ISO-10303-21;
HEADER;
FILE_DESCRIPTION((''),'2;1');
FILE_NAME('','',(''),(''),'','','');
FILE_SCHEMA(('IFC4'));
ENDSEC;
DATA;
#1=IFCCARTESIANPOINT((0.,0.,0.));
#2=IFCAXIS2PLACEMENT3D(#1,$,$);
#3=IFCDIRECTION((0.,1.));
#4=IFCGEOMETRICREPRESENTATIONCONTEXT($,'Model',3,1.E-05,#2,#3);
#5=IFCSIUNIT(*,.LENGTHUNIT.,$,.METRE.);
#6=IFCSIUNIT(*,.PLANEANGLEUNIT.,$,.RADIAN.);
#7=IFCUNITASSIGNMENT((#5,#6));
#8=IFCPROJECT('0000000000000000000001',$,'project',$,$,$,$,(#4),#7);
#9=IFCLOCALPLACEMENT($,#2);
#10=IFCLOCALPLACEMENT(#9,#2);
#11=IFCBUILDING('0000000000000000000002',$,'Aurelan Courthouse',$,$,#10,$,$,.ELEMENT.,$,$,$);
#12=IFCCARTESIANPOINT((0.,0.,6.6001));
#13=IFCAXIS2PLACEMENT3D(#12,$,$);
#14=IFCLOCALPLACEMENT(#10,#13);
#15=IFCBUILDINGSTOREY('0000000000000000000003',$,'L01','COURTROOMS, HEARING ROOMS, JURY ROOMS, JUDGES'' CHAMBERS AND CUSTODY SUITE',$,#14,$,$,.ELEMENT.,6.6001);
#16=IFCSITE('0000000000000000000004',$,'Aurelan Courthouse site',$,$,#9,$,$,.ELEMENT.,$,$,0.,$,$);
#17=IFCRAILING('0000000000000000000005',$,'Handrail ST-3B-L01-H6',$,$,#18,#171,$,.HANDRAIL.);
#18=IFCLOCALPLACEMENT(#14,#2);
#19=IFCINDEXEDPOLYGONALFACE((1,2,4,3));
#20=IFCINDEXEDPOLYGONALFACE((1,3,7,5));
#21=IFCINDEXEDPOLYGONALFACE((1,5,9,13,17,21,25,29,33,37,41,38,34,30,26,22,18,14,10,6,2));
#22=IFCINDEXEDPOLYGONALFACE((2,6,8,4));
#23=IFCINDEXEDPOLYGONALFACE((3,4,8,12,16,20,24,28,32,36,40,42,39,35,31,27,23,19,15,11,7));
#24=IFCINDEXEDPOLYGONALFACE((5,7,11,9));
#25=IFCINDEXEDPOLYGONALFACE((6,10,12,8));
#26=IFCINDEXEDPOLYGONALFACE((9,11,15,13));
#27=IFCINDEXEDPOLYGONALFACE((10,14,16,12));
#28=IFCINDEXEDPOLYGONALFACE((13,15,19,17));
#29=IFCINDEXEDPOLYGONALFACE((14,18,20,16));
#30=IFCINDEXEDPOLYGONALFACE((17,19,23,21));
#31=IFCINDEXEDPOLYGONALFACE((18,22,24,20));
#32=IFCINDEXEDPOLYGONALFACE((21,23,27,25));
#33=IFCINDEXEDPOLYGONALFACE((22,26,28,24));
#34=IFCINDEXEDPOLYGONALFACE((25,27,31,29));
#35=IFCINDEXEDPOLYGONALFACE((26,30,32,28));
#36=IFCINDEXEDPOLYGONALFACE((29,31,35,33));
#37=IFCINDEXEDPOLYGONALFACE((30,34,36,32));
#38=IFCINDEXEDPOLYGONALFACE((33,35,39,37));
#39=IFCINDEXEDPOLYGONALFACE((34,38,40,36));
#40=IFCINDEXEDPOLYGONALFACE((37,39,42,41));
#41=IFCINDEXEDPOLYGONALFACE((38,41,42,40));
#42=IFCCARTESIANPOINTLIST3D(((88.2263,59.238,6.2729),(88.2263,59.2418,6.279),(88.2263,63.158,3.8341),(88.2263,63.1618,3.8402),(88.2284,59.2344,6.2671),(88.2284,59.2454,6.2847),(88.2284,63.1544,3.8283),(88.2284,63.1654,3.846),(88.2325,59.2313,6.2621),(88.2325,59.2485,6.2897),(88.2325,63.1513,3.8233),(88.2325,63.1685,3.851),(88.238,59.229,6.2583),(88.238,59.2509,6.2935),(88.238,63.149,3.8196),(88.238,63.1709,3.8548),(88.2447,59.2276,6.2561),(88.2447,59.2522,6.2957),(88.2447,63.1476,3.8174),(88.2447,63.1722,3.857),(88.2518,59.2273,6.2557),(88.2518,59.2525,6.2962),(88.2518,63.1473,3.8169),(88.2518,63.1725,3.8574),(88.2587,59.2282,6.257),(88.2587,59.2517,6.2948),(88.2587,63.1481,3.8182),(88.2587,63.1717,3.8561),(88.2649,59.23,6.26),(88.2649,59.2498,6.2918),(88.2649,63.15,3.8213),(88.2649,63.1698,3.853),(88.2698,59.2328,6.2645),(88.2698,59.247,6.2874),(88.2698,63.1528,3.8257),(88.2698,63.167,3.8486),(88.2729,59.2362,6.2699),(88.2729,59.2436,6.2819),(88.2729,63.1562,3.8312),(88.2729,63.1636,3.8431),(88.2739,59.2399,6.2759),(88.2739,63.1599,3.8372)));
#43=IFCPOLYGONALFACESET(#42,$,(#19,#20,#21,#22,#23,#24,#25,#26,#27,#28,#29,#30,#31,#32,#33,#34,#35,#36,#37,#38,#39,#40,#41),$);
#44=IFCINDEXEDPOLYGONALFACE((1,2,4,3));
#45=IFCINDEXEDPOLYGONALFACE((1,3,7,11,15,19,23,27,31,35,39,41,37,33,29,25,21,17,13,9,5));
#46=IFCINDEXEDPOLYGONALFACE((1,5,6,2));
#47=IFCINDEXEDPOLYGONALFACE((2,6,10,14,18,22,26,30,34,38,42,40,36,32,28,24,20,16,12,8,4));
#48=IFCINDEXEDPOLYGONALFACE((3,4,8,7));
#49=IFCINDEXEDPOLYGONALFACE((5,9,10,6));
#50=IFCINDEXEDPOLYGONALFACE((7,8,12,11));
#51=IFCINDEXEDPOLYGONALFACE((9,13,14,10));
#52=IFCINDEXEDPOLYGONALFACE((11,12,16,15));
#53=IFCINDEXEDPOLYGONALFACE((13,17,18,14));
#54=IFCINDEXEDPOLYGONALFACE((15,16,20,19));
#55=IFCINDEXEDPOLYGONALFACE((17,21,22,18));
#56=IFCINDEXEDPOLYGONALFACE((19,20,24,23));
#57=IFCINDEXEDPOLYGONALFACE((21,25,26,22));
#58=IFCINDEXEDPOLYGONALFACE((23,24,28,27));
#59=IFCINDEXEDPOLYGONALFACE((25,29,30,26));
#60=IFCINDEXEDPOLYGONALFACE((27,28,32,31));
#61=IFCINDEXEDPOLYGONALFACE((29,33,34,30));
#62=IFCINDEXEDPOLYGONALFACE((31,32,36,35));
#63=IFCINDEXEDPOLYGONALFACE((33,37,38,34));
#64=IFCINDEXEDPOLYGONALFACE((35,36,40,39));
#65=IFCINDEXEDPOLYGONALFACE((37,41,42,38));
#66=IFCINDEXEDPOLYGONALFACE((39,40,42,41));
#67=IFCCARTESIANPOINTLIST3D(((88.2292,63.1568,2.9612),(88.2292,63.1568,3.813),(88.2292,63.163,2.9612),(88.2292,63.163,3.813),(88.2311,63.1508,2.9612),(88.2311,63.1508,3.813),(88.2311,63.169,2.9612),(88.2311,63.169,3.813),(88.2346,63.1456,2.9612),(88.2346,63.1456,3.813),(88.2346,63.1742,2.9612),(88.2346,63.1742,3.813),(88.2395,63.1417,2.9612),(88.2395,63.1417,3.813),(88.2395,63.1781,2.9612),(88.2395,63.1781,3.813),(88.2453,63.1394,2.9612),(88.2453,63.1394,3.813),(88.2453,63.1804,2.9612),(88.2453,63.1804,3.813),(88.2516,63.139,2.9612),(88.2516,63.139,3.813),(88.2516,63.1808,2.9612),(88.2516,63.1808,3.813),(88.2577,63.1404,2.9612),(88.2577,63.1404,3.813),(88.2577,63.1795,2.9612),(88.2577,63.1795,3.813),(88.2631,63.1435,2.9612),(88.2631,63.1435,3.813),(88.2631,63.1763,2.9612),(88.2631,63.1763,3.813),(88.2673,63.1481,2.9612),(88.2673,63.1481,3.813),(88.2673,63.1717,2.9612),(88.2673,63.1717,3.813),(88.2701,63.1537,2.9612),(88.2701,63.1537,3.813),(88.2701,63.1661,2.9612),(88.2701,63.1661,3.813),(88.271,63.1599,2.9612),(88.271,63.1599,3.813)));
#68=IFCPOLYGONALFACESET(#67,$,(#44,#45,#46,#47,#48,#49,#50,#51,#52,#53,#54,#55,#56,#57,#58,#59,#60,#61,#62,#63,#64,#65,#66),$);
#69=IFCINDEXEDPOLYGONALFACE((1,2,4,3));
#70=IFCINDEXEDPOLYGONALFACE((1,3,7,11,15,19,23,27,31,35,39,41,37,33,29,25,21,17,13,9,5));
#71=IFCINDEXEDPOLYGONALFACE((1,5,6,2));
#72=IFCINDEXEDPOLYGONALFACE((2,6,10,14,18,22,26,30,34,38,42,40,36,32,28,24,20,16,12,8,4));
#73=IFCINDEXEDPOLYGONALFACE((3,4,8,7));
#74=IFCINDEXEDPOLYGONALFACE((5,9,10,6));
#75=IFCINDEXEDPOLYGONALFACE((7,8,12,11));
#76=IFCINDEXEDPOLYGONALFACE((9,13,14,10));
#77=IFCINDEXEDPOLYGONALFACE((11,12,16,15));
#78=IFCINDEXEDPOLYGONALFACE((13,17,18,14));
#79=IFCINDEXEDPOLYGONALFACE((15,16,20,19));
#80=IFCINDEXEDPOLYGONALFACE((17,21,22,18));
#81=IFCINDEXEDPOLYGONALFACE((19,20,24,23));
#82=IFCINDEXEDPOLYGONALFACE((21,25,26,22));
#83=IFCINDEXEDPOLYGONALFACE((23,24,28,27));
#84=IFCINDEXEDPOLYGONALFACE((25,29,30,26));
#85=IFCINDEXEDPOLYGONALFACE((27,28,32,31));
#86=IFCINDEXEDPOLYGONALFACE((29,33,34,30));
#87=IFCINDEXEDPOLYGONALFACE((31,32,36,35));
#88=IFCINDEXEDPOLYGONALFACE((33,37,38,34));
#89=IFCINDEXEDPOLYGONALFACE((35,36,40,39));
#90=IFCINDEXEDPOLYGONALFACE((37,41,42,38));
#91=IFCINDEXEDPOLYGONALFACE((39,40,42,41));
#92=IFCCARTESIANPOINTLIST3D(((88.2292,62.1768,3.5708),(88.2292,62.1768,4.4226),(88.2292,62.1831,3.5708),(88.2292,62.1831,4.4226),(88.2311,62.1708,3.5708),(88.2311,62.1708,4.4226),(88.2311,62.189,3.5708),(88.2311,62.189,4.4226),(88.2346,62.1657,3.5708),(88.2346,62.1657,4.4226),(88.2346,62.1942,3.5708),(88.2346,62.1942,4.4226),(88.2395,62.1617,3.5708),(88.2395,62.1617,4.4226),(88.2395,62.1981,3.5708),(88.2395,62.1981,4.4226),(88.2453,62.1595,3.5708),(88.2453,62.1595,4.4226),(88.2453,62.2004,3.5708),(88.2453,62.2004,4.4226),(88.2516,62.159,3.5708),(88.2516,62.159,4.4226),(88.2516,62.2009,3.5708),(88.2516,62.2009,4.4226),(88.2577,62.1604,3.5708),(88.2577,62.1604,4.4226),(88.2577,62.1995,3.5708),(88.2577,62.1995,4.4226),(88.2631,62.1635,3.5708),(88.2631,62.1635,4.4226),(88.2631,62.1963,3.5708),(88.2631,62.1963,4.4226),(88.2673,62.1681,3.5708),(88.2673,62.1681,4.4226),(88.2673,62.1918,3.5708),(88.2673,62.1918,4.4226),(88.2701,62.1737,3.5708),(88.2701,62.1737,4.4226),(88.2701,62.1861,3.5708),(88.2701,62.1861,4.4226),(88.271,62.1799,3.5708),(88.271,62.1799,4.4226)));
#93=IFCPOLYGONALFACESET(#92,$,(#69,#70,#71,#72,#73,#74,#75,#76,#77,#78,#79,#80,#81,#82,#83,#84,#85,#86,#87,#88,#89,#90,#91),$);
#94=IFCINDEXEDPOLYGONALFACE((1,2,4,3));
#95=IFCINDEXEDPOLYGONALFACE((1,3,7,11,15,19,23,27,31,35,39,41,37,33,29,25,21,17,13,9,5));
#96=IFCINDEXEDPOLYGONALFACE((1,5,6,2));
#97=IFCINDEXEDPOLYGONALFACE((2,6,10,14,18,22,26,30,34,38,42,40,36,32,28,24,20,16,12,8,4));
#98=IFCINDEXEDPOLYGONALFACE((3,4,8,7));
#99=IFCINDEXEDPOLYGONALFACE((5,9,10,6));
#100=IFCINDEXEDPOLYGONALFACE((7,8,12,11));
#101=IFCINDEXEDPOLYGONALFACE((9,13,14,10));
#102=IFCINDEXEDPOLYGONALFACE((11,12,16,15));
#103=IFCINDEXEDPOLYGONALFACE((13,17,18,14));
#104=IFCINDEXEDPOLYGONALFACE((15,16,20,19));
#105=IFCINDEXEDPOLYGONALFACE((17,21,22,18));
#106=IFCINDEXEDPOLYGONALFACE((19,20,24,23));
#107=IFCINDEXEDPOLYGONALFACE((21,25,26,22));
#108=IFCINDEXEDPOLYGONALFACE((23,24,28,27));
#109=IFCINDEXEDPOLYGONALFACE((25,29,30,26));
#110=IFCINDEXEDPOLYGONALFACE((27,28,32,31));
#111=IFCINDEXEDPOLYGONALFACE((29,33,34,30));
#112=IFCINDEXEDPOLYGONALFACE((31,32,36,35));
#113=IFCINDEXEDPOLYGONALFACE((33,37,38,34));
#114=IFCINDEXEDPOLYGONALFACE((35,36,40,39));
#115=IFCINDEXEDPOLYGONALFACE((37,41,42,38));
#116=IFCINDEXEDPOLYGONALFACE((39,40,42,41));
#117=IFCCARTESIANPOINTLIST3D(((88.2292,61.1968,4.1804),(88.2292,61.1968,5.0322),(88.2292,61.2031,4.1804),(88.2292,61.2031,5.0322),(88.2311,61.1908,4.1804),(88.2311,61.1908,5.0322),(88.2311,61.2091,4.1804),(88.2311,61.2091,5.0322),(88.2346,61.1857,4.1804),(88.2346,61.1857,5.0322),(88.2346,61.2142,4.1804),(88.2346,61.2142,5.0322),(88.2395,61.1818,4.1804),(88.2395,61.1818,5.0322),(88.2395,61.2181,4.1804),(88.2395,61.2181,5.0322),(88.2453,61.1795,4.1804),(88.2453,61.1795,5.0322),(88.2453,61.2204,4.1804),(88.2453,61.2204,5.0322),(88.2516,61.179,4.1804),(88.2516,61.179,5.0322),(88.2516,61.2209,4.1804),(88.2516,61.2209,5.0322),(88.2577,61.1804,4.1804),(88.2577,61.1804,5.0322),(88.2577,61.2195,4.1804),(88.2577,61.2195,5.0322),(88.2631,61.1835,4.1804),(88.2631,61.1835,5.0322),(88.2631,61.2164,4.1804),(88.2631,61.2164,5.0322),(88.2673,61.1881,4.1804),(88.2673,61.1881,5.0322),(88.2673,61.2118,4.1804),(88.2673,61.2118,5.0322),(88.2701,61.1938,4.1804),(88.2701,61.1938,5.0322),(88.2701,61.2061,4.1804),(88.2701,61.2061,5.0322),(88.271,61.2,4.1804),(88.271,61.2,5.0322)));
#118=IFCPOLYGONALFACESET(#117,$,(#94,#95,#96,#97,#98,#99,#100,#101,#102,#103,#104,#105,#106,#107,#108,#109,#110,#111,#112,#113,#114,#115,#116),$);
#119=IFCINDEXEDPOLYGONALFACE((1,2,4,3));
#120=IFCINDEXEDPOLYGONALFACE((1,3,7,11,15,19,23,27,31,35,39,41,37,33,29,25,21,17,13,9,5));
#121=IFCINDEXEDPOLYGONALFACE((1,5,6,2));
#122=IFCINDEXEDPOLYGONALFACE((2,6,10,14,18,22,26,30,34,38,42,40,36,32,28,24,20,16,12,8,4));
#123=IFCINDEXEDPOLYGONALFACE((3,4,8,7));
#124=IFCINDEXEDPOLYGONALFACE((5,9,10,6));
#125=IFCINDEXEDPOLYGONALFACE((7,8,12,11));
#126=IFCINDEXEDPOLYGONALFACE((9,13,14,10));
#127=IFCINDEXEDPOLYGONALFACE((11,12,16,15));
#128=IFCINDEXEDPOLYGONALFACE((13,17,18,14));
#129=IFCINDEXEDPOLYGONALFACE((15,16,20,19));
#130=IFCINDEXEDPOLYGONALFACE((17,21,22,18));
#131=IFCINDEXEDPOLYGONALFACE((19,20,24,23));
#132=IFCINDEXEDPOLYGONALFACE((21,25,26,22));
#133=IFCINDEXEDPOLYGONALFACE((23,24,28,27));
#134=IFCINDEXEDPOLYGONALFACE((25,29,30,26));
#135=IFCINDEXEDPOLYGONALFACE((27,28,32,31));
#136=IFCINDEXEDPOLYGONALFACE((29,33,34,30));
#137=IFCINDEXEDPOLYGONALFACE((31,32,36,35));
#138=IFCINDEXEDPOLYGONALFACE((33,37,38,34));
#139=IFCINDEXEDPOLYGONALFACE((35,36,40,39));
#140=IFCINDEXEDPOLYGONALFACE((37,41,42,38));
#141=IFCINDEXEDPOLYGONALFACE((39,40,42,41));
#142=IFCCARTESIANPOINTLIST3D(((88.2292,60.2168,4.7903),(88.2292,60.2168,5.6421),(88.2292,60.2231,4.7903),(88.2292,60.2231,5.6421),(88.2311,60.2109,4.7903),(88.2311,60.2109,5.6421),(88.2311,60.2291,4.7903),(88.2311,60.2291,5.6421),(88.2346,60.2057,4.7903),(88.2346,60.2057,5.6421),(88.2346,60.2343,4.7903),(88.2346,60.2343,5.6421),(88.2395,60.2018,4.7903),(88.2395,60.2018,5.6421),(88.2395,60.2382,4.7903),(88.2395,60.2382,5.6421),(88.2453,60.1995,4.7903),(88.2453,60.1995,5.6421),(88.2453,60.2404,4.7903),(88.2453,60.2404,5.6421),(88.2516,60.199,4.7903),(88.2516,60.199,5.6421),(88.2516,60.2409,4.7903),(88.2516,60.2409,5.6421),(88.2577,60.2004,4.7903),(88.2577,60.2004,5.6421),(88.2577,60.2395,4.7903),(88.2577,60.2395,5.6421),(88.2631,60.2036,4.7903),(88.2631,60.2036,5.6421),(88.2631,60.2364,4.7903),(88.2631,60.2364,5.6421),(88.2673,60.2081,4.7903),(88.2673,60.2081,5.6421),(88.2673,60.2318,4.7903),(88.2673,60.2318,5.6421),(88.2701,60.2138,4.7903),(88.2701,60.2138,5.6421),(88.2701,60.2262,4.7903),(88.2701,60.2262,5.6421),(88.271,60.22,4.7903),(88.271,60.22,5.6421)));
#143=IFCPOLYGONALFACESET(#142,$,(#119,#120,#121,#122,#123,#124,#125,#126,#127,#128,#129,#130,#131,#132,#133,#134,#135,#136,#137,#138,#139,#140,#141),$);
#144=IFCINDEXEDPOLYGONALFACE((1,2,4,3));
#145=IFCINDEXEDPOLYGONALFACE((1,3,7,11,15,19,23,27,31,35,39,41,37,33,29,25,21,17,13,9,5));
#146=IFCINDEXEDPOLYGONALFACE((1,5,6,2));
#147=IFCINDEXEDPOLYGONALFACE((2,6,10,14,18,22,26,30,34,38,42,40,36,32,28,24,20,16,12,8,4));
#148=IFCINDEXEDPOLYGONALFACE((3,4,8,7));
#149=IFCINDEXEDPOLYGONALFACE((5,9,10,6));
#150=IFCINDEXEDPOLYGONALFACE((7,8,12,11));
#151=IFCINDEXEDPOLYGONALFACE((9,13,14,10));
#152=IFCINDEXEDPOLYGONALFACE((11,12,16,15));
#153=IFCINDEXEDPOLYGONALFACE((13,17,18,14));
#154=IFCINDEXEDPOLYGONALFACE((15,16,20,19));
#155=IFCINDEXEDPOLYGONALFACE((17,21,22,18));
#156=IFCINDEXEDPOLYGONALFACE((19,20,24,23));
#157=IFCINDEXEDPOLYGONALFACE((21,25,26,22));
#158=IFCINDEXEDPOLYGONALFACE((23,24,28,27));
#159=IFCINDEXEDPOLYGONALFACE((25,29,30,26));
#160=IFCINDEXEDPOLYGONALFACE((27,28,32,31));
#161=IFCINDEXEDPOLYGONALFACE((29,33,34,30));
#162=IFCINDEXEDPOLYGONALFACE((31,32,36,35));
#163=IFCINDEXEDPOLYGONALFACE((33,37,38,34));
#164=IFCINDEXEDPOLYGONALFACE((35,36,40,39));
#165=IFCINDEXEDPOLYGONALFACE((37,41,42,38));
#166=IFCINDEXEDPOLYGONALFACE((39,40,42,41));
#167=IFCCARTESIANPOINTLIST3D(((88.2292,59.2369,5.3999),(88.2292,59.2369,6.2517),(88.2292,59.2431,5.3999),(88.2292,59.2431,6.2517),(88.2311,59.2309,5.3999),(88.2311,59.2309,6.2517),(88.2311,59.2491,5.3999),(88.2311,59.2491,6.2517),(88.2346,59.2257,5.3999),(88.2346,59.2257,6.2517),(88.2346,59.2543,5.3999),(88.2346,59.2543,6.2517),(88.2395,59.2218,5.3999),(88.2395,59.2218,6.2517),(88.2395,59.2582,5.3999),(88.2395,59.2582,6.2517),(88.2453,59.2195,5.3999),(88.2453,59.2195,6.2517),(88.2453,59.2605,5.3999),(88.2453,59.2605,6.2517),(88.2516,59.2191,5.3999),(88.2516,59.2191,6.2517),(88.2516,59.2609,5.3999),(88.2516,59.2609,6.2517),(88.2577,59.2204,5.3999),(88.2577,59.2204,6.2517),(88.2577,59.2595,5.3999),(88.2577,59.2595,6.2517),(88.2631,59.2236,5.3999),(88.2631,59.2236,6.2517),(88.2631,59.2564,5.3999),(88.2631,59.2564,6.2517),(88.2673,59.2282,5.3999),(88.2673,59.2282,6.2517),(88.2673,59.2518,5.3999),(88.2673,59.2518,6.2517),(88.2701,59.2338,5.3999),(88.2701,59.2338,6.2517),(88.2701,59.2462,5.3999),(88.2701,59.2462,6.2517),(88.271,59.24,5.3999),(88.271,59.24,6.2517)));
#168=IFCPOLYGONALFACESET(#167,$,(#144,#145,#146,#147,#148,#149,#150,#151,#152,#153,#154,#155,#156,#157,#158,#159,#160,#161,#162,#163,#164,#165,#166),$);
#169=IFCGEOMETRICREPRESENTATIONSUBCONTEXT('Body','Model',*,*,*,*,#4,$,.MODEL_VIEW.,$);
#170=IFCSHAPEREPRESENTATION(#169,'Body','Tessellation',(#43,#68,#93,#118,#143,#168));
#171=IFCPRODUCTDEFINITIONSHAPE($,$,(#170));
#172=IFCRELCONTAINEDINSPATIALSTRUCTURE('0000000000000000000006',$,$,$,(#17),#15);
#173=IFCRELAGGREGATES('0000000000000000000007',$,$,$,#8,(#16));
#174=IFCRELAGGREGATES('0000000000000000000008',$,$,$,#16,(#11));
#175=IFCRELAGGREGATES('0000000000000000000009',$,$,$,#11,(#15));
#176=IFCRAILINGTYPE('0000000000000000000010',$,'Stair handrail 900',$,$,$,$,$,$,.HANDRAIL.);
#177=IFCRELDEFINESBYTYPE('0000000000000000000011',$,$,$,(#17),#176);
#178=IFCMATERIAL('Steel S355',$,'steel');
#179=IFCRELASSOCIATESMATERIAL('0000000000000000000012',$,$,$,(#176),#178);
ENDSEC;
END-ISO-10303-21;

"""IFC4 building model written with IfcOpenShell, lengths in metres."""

from ifc_helpers import new_model, si_unit, direction, frame, origin, origin_2d, place, context, subcontext, project, spatial, circle, extrude, material, type_object, element, save


model = new_model("IFC4")

# Units and contexts
model_context = context("Model", 3, precision=1e-05, world=origin(), true_north=direction((0.0, 1.0)))
body_context = subcontext(model_context, "Body", "Model", "MODEL_VIEW")
ifc_project = project(units=[si_unit("LENGTHUNIT", "METRE"), si_unit("PLANEANGLEUNIT", "RADIAN")], contexts=[model_context])

# Site, building, storey
site_placement = place(None, origin())
site = spatial("IfcSite", under=ifc_project, at=site_placement, Name="Aurelan Courthouse site", CompositionType="ELEMENT", RefElevation=0.0)
building_placement = place(site_placement, origin())
building = spatial("IfcBuilding", under=site, at=building_placement, Name="Aurelan Courthouse", CompositionType="ELEMENT")
storey_placement = place(building_placement, frame((0.0, 0.0, 6.6001)))
storey = spatial("IfcBuildingStorey", under=building, at=storey_placement, Name="L01", Description="COURTROOMS, HEARING ROOMS, JURY ROOMS, JUDGES' CHAMBERS AND CUSTODY SUITE", CompositionType="ELEMENT", Elevation=6.6001)

# Railing
ifc_material_1 = material(Name="Steel S355", Category="steel")
railing_type_1 = type_object("IfcRailingType", Name="Stair handrail 900", PredefinedType="HANDRAIL", material=ifc_material_1)
for number, where, name in (
    (1, (88.25, 63.1599, 2.9612), "Handrail ST-3B-L01-H6"),
):
    element("IfcRailing", number, at=place(storey_placement, frame(where)), inside=storey, type_object=railing_type_1, Name=name, PredefinedType="HANDRAIL", context=body_context, shape_type="SweptSolid", body=[
        extrude(circle(Radius=0.0239, at=origin_2d()), frame((0.0, 0.0, 0.876), z_axis=(0.0, -0.84909, 0.528249), x_axis=(1.0, 0.0, 0.0)), (0.0, 0.0, 1.0), 4.6167),
        extrude(circle(Radius=0.021, at=origin_2d()), origin(), (0.0, 0.0, 1.0), 0.8518),
        extrude(circle(Radius=0.021, at=origin_2d()), frame((0.0, -0.98, 0.6096)), (0.0, 0.0, 1.0), 0.8518),
        extrude(circle(Radius=0.021, at=origin_2d()), frame((0.0, -1.96, 1.2192)), (0.0, 0.0, 1.0), 0.8518),
        extrude(circle(Radius=0.021, at=origin_2d()), frame((0.0, -2.9399, 1.8291)), (0.0, 0.0, 1.0), 0.8518),
        extrude(circle(Radius=0.021, at=origin_2d()), frame((0.0, -3.9199, 2.4387)), (0.0, 0.0, 1.0), 0.8518),
    ])

save(model, "model.ifc")
